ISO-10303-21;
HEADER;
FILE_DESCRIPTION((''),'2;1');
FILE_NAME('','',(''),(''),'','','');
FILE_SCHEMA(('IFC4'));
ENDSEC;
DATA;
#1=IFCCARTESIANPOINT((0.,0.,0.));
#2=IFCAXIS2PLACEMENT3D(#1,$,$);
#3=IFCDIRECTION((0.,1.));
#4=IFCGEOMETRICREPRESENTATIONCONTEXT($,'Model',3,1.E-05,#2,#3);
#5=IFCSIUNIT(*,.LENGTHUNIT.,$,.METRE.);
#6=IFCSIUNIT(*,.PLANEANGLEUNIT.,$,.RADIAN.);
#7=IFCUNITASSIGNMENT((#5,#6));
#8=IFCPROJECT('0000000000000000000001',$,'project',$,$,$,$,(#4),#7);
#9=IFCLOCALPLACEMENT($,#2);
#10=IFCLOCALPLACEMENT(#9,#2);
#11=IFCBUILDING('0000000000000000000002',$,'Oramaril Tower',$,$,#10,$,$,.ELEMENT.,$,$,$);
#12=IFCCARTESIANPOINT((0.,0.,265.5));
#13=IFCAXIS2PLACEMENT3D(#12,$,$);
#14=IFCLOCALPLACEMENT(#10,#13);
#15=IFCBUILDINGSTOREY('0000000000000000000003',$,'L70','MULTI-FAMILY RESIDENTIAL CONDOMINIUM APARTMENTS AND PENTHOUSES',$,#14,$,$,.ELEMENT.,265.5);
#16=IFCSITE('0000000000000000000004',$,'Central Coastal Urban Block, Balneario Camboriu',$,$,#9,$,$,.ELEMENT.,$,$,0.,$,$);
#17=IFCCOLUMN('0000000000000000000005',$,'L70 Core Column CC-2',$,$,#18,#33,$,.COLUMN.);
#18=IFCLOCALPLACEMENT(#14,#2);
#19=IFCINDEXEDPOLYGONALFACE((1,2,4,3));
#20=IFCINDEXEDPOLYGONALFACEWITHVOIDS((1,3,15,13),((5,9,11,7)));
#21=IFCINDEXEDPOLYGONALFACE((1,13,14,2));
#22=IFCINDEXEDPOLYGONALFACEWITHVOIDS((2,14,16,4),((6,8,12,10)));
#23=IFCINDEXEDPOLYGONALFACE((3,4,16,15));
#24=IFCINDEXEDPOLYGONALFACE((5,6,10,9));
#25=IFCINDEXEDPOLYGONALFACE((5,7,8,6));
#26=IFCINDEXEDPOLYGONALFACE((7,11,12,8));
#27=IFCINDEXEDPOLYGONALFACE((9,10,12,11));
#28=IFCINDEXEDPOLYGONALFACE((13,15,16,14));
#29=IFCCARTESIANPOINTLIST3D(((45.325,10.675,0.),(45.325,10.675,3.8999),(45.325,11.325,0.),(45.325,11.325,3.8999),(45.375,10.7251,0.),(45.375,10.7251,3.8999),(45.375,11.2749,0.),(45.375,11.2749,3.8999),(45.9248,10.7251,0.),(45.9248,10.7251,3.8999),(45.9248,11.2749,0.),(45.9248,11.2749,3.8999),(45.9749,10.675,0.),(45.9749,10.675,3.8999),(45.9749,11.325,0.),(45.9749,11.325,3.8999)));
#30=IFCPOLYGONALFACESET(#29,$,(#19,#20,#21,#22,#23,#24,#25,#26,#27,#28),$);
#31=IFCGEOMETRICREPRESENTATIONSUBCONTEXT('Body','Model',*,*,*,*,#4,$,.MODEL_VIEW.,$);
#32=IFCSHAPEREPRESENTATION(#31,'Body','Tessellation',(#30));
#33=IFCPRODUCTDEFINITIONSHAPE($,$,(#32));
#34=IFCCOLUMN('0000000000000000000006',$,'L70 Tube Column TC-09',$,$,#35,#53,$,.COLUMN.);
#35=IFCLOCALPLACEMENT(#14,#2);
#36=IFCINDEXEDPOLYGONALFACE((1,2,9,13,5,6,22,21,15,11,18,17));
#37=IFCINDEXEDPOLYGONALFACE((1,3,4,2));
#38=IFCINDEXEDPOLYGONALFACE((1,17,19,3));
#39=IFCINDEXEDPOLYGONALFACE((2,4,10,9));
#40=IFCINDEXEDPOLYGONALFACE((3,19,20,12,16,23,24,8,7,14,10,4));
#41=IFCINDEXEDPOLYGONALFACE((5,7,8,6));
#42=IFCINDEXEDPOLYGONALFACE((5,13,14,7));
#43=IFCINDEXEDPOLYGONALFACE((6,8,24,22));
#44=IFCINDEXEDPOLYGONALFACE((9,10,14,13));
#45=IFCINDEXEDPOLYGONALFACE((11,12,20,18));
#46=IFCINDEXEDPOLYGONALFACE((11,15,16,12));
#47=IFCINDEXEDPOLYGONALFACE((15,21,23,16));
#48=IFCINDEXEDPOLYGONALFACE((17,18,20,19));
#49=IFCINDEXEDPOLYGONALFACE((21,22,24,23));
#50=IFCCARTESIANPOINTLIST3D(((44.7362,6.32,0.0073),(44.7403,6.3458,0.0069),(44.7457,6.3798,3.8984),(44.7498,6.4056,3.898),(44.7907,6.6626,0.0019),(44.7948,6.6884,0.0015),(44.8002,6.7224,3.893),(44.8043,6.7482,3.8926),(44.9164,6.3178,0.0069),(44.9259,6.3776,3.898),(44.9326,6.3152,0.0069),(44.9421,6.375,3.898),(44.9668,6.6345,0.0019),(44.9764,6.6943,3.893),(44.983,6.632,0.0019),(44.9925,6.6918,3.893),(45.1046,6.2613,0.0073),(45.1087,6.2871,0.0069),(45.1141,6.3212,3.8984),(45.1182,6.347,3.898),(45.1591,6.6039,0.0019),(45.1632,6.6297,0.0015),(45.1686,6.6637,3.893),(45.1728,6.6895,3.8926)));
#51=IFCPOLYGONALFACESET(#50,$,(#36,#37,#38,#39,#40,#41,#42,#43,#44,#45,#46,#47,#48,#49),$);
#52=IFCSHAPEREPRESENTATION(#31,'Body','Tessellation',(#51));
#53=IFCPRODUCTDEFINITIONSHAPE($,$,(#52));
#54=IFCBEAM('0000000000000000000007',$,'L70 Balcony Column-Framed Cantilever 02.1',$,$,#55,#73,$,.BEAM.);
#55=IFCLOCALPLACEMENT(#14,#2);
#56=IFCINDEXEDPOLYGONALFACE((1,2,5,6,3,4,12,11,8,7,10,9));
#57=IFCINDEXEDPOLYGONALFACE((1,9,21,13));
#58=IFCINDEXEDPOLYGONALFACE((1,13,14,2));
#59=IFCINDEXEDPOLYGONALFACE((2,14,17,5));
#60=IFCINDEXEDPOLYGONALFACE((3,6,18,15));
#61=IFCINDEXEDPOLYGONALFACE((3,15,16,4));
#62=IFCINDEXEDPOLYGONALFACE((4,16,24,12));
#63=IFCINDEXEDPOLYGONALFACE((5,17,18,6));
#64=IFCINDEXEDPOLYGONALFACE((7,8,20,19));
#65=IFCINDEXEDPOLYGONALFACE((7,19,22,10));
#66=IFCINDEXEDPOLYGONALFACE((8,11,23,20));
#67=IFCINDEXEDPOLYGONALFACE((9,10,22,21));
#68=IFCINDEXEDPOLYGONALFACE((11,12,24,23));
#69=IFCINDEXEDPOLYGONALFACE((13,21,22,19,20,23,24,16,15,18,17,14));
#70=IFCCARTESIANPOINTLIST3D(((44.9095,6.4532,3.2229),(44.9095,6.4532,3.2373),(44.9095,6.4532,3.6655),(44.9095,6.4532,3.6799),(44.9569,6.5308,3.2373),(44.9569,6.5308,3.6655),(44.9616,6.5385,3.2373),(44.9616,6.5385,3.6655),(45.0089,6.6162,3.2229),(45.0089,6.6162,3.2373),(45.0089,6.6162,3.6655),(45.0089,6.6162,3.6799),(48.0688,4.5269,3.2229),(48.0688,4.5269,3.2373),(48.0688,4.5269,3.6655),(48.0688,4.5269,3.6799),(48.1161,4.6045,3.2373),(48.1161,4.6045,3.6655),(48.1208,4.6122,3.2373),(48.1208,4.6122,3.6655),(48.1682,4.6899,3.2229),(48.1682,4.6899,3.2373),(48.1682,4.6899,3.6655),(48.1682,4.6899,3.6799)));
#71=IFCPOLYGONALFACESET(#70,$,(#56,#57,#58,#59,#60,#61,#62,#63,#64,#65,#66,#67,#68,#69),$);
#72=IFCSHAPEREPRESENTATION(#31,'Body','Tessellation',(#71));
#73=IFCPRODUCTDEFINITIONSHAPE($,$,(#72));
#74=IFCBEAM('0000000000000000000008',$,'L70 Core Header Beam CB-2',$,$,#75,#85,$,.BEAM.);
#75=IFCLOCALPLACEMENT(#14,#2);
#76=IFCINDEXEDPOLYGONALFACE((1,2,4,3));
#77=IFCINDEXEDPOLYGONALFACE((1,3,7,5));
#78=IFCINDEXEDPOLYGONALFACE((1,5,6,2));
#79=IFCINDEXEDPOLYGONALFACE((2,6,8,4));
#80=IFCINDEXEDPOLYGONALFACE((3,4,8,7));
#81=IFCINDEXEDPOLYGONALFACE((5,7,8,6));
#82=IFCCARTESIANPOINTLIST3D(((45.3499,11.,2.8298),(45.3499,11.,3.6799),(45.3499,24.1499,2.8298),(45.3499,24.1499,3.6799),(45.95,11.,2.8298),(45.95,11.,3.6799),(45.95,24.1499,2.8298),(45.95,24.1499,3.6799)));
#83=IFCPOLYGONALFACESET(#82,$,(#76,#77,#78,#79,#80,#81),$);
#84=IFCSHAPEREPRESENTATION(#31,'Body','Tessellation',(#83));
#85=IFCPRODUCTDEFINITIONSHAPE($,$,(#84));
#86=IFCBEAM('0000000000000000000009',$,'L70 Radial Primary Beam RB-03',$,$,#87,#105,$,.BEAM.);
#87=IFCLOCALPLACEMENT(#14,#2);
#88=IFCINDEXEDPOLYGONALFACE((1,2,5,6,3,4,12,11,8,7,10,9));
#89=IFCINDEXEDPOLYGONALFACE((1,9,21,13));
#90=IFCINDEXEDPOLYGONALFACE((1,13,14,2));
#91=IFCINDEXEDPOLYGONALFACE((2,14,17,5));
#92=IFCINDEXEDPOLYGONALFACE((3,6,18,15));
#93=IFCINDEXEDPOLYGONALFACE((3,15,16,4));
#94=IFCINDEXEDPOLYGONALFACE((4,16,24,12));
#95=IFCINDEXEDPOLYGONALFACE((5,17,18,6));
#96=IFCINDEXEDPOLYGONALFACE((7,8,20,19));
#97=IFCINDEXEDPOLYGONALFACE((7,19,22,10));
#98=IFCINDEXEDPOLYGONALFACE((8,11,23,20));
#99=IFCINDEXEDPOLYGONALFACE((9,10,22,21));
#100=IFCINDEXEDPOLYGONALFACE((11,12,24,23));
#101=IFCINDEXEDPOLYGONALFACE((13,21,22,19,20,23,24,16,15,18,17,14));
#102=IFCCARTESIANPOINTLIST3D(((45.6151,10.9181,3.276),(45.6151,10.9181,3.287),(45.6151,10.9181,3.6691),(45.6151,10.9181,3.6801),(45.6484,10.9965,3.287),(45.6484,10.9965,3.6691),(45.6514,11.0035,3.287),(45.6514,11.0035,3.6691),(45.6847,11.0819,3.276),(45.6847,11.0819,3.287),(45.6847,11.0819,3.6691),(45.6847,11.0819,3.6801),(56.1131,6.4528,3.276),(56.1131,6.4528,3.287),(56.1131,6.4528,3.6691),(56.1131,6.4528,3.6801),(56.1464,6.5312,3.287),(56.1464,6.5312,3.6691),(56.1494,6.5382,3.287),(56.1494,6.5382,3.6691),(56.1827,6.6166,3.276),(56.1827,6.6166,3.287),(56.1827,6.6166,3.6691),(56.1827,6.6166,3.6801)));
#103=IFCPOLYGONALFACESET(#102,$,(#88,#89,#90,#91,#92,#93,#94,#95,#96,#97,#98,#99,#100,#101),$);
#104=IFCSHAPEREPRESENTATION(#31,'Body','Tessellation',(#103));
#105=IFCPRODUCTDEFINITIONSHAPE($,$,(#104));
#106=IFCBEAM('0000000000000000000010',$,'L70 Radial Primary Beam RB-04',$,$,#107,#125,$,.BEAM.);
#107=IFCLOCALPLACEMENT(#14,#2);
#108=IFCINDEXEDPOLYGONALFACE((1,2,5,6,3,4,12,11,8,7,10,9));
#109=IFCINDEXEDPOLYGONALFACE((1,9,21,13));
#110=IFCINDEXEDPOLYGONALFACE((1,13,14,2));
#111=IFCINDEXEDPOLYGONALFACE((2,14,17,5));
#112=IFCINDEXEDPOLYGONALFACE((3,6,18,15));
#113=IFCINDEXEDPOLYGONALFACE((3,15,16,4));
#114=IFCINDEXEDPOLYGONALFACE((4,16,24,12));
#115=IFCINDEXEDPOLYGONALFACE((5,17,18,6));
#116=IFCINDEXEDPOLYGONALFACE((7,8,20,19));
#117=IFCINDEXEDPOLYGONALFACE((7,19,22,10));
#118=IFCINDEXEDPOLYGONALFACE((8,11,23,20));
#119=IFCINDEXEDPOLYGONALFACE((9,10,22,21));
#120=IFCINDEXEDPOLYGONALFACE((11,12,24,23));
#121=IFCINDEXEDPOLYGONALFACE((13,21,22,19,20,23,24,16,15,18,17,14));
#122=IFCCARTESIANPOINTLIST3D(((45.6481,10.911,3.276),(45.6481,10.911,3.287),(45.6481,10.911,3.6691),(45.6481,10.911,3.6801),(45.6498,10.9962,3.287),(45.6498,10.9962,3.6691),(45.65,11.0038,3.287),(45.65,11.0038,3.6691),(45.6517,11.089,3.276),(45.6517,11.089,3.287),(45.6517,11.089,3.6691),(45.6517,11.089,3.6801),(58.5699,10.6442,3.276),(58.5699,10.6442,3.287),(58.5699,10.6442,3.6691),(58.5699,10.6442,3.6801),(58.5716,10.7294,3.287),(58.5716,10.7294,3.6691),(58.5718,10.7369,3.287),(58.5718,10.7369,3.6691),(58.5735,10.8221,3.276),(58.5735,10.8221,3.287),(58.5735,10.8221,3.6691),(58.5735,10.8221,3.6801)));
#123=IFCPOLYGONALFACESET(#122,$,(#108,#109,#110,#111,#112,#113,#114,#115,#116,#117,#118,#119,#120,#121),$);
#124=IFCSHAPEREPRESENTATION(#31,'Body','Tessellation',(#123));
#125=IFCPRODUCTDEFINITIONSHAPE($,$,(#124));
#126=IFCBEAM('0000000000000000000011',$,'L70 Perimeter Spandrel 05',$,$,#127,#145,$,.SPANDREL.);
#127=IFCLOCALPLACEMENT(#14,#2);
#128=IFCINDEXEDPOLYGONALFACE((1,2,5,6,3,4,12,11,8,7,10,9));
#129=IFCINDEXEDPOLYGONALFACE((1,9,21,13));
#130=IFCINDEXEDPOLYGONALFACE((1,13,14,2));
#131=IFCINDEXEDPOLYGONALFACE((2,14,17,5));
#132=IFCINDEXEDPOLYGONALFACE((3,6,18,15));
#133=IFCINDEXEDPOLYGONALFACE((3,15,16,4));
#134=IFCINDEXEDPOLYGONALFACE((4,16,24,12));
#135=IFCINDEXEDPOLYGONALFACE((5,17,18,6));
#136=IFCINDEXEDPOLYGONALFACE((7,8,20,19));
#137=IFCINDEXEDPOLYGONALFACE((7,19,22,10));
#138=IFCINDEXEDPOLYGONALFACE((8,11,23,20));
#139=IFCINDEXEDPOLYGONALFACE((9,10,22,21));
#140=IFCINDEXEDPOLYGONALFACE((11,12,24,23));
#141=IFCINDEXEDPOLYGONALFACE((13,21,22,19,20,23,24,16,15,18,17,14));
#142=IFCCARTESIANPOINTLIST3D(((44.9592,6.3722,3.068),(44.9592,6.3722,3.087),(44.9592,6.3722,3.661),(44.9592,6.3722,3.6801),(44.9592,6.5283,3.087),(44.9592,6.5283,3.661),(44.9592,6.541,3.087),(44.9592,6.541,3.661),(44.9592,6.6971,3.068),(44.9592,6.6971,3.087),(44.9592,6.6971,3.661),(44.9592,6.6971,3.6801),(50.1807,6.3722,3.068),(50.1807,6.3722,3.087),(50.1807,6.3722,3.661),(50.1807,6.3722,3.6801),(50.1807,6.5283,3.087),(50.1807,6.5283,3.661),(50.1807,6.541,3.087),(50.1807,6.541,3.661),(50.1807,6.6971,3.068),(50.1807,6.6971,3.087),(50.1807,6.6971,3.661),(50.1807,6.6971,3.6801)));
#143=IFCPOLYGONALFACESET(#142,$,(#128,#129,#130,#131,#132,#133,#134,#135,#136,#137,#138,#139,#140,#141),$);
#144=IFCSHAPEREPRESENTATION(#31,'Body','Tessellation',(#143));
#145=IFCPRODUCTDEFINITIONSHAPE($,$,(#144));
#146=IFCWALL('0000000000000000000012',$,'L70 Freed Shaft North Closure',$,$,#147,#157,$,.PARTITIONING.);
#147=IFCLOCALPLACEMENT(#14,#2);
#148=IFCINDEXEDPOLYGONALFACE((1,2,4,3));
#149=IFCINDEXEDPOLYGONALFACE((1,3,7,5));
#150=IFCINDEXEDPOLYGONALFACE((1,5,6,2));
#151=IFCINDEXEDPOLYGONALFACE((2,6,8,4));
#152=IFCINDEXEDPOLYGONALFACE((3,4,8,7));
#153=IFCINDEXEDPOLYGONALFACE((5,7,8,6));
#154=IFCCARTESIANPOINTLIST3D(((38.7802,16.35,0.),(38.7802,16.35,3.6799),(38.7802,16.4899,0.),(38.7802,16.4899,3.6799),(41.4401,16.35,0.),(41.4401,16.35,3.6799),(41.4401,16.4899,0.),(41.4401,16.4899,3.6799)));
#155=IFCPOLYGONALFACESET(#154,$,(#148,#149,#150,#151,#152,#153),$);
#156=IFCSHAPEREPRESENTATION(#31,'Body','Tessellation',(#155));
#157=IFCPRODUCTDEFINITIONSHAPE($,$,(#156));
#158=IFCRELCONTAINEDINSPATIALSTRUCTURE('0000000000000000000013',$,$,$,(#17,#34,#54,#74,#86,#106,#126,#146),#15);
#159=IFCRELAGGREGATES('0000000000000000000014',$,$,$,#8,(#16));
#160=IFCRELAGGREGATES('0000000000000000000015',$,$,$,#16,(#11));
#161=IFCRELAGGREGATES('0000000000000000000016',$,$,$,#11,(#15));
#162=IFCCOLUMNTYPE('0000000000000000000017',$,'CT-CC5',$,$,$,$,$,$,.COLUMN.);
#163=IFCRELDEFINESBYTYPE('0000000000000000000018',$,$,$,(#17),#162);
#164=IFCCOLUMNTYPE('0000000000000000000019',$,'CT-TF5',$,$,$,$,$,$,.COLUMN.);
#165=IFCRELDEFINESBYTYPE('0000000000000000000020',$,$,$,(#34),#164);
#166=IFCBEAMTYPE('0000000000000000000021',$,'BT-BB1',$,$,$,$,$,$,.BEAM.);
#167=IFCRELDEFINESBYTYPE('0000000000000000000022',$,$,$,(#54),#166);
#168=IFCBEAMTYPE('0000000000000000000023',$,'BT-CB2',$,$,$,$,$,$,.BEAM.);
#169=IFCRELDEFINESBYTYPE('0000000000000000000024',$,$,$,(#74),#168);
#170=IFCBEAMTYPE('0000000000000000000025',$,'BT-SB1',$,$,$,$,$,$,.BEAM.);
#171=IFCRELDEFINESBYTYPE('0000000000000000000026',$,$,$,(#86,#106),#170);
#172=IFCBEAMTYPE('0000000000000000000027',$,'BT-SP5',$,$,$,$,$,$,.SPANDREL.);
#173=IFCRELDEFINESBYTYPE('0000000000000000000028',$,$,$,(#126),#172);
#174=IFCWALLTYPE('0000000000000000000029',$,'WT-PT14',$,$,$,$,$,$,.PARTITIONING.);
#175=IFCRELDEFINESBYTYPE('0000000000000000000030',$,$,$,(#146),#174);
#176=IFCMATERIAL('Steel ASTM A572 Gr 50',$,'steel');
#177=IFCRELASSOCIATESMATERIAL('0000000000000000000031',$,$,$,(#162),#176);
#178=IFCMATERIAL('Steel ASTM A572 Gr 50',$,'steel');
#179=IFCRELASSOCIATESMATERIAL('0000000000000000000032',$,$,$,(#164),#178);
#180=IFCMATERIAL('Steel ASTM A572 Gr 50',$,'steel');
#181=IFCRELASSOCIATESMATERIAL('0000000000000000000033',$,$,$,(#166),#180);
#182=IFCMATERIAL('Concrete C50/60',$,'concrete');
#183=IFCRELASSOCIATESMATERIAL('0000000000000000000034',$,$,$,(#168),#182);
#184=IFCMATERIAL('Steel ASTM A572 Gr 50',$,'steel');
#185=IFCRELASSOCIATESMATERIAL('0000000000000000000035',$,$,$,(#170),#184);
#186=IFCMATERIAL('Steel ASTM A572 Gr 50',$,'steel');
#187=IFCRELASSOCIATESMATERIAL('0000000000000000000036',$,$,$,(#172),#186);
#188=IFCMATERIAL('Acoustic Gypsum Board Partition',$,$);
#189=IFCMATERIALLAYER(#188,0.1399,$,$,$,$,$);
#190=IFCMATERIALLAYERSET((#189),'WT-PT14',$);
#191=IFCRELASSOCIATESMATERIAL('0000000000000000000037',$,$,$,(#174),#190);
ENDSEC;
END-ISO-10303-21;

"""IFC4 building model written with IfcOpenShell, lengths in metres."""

from ifc_helpers import new_model, si_unit, direction, frame, frame_2d, origin, origin_2d, place, context, subcontext, project, spatial, rectangle, hollow_rectangle, i_section, extrude, material, layer, layer_set, material_profile, profile_set, type_object, element, save


model = new_model("IFC4")

# Units and contexts
model_context = context("Model", 3, precision=1e-05, world=origin(), true_north=direction((0.0, 1.0)))
body_context = subcontext(model_context, "Body", "Model", "MODEL_VIEW")
ifc_project = project(units=[si_unit("LENGTHUNIT", "METRE"), si_unit("PLANEANGLEUNIT", "RADIAN")], contexts=[model_context])

# Site, building, storey
site_placement = place(None, origin())
site = spatial("IfcSite", under=ifc_project, at=site_placement, Name="Central Coastal Urban Block, Balneario Camboriu", CompositionType="ELEMENT", RefElevation=0.0)
building_placement = place(site_placement, origin())
building = spatial("IfcBuilding", under=site, at=building_placement, Name="Oramaril Tower", CompositionType="ELEMENT")
storey_placement = place(building_placement, frame((0.0, 0.0, 265.5)))
storey = spatial("IfcBuildingStorey", under=building, at=storey_placement, Name="L70", Description="MULTI-FAMILY RESIDENTIAL CONDOMINIUM APARTMENTS AND PENTHOUSES", CompositionType="ELEMENT", Elevation=265.5)

# Columns
ifc_material_1 = material(Name="Steel ASTM A572 Gr 50", Category="steel")
ifc_material_profile_1 = material_profile(ifc_material_1, hollow_rectangle(XDim=0.6499, YDim=0.6499, WallThickness=0.05, at=origin_2d()), Name="BOX650X650X50")
ifc_profile_set_1 = profile_set([ifc_material_profile_1], Name="Steel ASTM A572 Gr 50")
column_type_1 = type_object("IfcColumnType", Name="CT-CC5", PredefinedType="COLUMN", material=ifc_profile_set_1)
column_1_placement = place(storey_placement, frame((45.6499, 11.0, 0.0), z_axis=(0.0, 0.0, 1.0), x_axis=(1.0, 0.0, 0.0)))
element("IfcColumn", 1, at=column_1_placement, inside=storey, type_object=column_type_1, Name="L70 Core Column CC-2", PredefinedType="COLUMN", context=body_context, shape_type="SweptSolid", body=[
    extrude(hollow_rectangle(XDim=0.6499, YDim=0.6499, WallThickness=0.05, at=origin_2d()), origin(), (0.0, 0.0, 1.0), 3.8999),
])
ifc_material_2 = material(Name="Steel ASTM A572 Gr 50", Category="steel")
ifc_material_profile_2 = material_profile(ifc_material_2, i_section(OverallWidth=0.373, OverallDepth=0.373, WebThickness=0.0164, FlangeThickness=0.0261, at=origin_2d()), Name="W14X132")
ifc_profile_set_2 = profile_set([ifc_material_profile_2], Name="Steel ASTM A572 Gr 50")
column_type_2 = type_object("IfcColumnType", Name="CT-TF5", PredefinedType="COLUMN", material=ifc_profile_set_2)
column_2_placement = place(storey_placement, frame((44.9497, 6.4749, 0.0044), z_axis=(0.002447, 0.01537, 0.999879), x_axis=(-0.987566, 0.157204, 0.0)))
element("IfcColumn", 2, at=column_2_placement, inside=storey, type_object=column_type_2, Name="L70 Tube Column TC-09", PredefinedType="COLUMN", context=body_context, shape_type="SweptSolid", body=[
    extrude(i_section(OverallWidth=0.373, OverallDepth=0.373, WebThickness=0.0164, FlangeThickness=0.0261, at=origin_2d()), origin(), (0.0, 0.0, 1.0), 3.8916),
])

# Beams
ifc_material_3 = material(Name="Steel ASTM A572 Gr 50", Category="steel")
ifc_material_profile_3 = material_profile(ifc_material_3, i_section(OverallWidth=0.1909, OverallDepth=0.457, WebThickness=0.009, FlangeThickness=0.0144, at=origin_2d()), Name="W18X50")
ifc_profile_set_3 = profile_set([ifc_material_profile_3], Name="Steel ASTM A572 Gr 50")
beam_type_1 = type_object("IfcBeamType", Name="BT-BB1", PredefinedType="BEAM", material=ifc_profile_set_3)
beam_1_placement = place(storey_placement, frame((44.9592, 6.5347, 3.4514), z_axis=(0.853803, -0.520596, 0.0), x_axis=(0.520596, 0.853803, 0.0)))
element("IfcBeam", 3, at=beam_1_placement, inside=storey, type_object=beam_type_1, Name="L70 Balcony Column-Framed Cantilever 02.1", PredefinedType="BEAM", context=body_context, shape_type="SweptSolid", body=[
    extrude(i_section(OverallWidth=0.1909, OverallDepth=0.457, WebThickness=0.009, FlangeThickness=0.0144, at=origin_2d()), origin(), (0.0, 0.0, 1.0), 3.7002),
])
ifc_material_4 = material(Name="Concrete C50/60", Category="concrete")
ifc_material_profile_4 = material_profile(ifc_material_4, rectangle(XDim=0.6001, YDim=0.8501, at=origin_2d()), Name="CB600X850")
ifc_profile_set_4 = profile_set([ifc_material_profile_4], Name="Concrete C50/60")
beam_type_2 = type_object("IfcBeamType", Name="BT-CB2", PredefinedType="BEAM", material=ifc_profile_set_4)
beam_2_placement = place(storey_placement, frame((45.6499, 11.0, 3.2549), z_axis=(0.0, 1.0, 0.0), x_axis=(-1.0, 0.0, 0.0)))
element("IfcBeam", 4, at=beam_2_placement, inside=storey, type_object=beam_type_2, Name="L70 Core Header Beam CB-2", PredefinedType="BEAM", context=body_context, shape_type="SweptSolid", body=[
    extrude(rectangle(XDim=0.6001, YDim=0.8501, at=origin_2d()), origin(), (0.0, 0.0, 1.0), 13.1499),
])
ifc_material_5 = material(Name="Steel ASTM A572 Gr 50", Category="steel")
ifc_material_profile_5 = material_profile(ifc_material_5, i_section(OverallWidth=0.178, OverallDepth=0.4041, WebThickness=0.0076, FlangeThickness=0.011, at=origin_2d()), Name="W16X36")
ifc_profile_set_5 = profile_set([ifc_material_profile_5], Name="Steel ASTM A572 Gr 50")
beam_type_3 = type_object("IfcBeamType", Name="BT-SB1", PredefinedType="BEAM", material=ifc_profile_set_5)
beam_3_placement = place(storey_placement, frame((45.6499, 11.0, 3.478), z_axis=(0.920215, -0.391413, 0.0), x_axis=(0.391413, 0.920215, 0.0)))
element("IfcBeam", 5, at=beam_3_placement, inside=storey, type_object=beam_type_3, Name="L70 Radial Primary Beam RB-03", PredefinedType="BEAM", context=body_context, shape_type="SweptSolid", body=[
    extrude(i_section(OverallWidth=0.178, OverallDepth=0.4041, WebThickness=0.0076, FlangeThickness=0.011, at=origin_2d()), origin(), (0.0, 0.0, 1.0), 11.4082),
])
beam_4_placement = place(storey_placement, frame((45.6499, 11.0, 3.478), z_axis=(0.999787, -0.020646, 0.0), x_axis=(0.020646, 0.999787, 0.0)))
element("IfcBeam", 6, at=beam_4_placement, inside=storey, type_object=beam_type_3, Name="L70 Radial Primary Beam RB-04", PredefinedType="BEAM", context=body_context, shape_type="SweptSolid", body=[
    extrude(i_section(OverallWidth=0.178, OverallDepth=0.4041, WebThickness=0.0076, FlangeThickness=0.011, at=origin_2d()), origin(), (0.0, 0.0, 1.0), 12.9246),
])
ifc_material_6 = material(Name="Steel ASTM A572 Gr 50", Category="steel")
ifc_material_profile_6 = material_profile(ifc_material_6, i_section(OverallWidth=0.325, OverallDepth=0.6121, WebThickness=0.0127, FlangeThickness=0.019, at=origin_2d()), Name="W24X104")
ifc_profile_set_6 = profile_set([ifc_material_profile_6], Name="Steel ASTM A572 Gr 50")
beam_type_4 = type_object("IfcBeamType", Name="BT-SP5", PredefinedType="SPANDREL", material=ifc_profile_set_6)
beam_5_placement = place(storey_placement, frame((44.9592, 6.5347, 3.374), z_axis=(1.0, 0.0, 0.0), x_axis=(0.0, 1.0, 0.0)))
element("IfcBeam", 7, at=beam_5_placement, inside=storey, type_object=beam_type_4, Name="L70 Perimeter Spandrel 05", PredefinedType="SPANDREL", context=body_context, shape_type="SweptSolid", body=[
    extrude(i_section(OverallWidth=0.325, OverallDepth=0.6121, WebThickness=0.0127, FlangeThickness=0.019, at=origin_2d()), origin(), (0.0, 0.0, 1.0), 5.2214),
])

# Wall
ifc_material_7 = material(Name="Acoustic Gypsum Board Partition")
ifc_layer_1 = layer(ifc_material_7, 0.1399)
ifc_layer_set_1 = layer_set([ifc_layer_1], Name="WT-PT14")
wall_type_1 = type_object("IfcWallType", Name="WT-PT14", PredefinedType="PARTITIONING", material=ifc_layer_set_1)
wall_1_placement = place(storey_placement, frame((38.78, 16.4199, 0.0), z_axis=(0.0, 0.0, 1.0), x_axis=(1.0, 0.0, 0.0)))
element("IfcWall", 8, at=wall_1_placement, inside=storey, type_object=wall_type_1, Name="L70 Freed Shaft North Closure", PredefinedType="PARTITIONING", context=body_context, shape_type="SweptSolid", body=[
    extrude(rectangle(XDim=2.6599, YDim=0.1399, at=frame_2d((1.3301, 0.0))), origin(), (0.0, 0.0, 1.0), 3.6799),
])

save(model, "model.ifc")
